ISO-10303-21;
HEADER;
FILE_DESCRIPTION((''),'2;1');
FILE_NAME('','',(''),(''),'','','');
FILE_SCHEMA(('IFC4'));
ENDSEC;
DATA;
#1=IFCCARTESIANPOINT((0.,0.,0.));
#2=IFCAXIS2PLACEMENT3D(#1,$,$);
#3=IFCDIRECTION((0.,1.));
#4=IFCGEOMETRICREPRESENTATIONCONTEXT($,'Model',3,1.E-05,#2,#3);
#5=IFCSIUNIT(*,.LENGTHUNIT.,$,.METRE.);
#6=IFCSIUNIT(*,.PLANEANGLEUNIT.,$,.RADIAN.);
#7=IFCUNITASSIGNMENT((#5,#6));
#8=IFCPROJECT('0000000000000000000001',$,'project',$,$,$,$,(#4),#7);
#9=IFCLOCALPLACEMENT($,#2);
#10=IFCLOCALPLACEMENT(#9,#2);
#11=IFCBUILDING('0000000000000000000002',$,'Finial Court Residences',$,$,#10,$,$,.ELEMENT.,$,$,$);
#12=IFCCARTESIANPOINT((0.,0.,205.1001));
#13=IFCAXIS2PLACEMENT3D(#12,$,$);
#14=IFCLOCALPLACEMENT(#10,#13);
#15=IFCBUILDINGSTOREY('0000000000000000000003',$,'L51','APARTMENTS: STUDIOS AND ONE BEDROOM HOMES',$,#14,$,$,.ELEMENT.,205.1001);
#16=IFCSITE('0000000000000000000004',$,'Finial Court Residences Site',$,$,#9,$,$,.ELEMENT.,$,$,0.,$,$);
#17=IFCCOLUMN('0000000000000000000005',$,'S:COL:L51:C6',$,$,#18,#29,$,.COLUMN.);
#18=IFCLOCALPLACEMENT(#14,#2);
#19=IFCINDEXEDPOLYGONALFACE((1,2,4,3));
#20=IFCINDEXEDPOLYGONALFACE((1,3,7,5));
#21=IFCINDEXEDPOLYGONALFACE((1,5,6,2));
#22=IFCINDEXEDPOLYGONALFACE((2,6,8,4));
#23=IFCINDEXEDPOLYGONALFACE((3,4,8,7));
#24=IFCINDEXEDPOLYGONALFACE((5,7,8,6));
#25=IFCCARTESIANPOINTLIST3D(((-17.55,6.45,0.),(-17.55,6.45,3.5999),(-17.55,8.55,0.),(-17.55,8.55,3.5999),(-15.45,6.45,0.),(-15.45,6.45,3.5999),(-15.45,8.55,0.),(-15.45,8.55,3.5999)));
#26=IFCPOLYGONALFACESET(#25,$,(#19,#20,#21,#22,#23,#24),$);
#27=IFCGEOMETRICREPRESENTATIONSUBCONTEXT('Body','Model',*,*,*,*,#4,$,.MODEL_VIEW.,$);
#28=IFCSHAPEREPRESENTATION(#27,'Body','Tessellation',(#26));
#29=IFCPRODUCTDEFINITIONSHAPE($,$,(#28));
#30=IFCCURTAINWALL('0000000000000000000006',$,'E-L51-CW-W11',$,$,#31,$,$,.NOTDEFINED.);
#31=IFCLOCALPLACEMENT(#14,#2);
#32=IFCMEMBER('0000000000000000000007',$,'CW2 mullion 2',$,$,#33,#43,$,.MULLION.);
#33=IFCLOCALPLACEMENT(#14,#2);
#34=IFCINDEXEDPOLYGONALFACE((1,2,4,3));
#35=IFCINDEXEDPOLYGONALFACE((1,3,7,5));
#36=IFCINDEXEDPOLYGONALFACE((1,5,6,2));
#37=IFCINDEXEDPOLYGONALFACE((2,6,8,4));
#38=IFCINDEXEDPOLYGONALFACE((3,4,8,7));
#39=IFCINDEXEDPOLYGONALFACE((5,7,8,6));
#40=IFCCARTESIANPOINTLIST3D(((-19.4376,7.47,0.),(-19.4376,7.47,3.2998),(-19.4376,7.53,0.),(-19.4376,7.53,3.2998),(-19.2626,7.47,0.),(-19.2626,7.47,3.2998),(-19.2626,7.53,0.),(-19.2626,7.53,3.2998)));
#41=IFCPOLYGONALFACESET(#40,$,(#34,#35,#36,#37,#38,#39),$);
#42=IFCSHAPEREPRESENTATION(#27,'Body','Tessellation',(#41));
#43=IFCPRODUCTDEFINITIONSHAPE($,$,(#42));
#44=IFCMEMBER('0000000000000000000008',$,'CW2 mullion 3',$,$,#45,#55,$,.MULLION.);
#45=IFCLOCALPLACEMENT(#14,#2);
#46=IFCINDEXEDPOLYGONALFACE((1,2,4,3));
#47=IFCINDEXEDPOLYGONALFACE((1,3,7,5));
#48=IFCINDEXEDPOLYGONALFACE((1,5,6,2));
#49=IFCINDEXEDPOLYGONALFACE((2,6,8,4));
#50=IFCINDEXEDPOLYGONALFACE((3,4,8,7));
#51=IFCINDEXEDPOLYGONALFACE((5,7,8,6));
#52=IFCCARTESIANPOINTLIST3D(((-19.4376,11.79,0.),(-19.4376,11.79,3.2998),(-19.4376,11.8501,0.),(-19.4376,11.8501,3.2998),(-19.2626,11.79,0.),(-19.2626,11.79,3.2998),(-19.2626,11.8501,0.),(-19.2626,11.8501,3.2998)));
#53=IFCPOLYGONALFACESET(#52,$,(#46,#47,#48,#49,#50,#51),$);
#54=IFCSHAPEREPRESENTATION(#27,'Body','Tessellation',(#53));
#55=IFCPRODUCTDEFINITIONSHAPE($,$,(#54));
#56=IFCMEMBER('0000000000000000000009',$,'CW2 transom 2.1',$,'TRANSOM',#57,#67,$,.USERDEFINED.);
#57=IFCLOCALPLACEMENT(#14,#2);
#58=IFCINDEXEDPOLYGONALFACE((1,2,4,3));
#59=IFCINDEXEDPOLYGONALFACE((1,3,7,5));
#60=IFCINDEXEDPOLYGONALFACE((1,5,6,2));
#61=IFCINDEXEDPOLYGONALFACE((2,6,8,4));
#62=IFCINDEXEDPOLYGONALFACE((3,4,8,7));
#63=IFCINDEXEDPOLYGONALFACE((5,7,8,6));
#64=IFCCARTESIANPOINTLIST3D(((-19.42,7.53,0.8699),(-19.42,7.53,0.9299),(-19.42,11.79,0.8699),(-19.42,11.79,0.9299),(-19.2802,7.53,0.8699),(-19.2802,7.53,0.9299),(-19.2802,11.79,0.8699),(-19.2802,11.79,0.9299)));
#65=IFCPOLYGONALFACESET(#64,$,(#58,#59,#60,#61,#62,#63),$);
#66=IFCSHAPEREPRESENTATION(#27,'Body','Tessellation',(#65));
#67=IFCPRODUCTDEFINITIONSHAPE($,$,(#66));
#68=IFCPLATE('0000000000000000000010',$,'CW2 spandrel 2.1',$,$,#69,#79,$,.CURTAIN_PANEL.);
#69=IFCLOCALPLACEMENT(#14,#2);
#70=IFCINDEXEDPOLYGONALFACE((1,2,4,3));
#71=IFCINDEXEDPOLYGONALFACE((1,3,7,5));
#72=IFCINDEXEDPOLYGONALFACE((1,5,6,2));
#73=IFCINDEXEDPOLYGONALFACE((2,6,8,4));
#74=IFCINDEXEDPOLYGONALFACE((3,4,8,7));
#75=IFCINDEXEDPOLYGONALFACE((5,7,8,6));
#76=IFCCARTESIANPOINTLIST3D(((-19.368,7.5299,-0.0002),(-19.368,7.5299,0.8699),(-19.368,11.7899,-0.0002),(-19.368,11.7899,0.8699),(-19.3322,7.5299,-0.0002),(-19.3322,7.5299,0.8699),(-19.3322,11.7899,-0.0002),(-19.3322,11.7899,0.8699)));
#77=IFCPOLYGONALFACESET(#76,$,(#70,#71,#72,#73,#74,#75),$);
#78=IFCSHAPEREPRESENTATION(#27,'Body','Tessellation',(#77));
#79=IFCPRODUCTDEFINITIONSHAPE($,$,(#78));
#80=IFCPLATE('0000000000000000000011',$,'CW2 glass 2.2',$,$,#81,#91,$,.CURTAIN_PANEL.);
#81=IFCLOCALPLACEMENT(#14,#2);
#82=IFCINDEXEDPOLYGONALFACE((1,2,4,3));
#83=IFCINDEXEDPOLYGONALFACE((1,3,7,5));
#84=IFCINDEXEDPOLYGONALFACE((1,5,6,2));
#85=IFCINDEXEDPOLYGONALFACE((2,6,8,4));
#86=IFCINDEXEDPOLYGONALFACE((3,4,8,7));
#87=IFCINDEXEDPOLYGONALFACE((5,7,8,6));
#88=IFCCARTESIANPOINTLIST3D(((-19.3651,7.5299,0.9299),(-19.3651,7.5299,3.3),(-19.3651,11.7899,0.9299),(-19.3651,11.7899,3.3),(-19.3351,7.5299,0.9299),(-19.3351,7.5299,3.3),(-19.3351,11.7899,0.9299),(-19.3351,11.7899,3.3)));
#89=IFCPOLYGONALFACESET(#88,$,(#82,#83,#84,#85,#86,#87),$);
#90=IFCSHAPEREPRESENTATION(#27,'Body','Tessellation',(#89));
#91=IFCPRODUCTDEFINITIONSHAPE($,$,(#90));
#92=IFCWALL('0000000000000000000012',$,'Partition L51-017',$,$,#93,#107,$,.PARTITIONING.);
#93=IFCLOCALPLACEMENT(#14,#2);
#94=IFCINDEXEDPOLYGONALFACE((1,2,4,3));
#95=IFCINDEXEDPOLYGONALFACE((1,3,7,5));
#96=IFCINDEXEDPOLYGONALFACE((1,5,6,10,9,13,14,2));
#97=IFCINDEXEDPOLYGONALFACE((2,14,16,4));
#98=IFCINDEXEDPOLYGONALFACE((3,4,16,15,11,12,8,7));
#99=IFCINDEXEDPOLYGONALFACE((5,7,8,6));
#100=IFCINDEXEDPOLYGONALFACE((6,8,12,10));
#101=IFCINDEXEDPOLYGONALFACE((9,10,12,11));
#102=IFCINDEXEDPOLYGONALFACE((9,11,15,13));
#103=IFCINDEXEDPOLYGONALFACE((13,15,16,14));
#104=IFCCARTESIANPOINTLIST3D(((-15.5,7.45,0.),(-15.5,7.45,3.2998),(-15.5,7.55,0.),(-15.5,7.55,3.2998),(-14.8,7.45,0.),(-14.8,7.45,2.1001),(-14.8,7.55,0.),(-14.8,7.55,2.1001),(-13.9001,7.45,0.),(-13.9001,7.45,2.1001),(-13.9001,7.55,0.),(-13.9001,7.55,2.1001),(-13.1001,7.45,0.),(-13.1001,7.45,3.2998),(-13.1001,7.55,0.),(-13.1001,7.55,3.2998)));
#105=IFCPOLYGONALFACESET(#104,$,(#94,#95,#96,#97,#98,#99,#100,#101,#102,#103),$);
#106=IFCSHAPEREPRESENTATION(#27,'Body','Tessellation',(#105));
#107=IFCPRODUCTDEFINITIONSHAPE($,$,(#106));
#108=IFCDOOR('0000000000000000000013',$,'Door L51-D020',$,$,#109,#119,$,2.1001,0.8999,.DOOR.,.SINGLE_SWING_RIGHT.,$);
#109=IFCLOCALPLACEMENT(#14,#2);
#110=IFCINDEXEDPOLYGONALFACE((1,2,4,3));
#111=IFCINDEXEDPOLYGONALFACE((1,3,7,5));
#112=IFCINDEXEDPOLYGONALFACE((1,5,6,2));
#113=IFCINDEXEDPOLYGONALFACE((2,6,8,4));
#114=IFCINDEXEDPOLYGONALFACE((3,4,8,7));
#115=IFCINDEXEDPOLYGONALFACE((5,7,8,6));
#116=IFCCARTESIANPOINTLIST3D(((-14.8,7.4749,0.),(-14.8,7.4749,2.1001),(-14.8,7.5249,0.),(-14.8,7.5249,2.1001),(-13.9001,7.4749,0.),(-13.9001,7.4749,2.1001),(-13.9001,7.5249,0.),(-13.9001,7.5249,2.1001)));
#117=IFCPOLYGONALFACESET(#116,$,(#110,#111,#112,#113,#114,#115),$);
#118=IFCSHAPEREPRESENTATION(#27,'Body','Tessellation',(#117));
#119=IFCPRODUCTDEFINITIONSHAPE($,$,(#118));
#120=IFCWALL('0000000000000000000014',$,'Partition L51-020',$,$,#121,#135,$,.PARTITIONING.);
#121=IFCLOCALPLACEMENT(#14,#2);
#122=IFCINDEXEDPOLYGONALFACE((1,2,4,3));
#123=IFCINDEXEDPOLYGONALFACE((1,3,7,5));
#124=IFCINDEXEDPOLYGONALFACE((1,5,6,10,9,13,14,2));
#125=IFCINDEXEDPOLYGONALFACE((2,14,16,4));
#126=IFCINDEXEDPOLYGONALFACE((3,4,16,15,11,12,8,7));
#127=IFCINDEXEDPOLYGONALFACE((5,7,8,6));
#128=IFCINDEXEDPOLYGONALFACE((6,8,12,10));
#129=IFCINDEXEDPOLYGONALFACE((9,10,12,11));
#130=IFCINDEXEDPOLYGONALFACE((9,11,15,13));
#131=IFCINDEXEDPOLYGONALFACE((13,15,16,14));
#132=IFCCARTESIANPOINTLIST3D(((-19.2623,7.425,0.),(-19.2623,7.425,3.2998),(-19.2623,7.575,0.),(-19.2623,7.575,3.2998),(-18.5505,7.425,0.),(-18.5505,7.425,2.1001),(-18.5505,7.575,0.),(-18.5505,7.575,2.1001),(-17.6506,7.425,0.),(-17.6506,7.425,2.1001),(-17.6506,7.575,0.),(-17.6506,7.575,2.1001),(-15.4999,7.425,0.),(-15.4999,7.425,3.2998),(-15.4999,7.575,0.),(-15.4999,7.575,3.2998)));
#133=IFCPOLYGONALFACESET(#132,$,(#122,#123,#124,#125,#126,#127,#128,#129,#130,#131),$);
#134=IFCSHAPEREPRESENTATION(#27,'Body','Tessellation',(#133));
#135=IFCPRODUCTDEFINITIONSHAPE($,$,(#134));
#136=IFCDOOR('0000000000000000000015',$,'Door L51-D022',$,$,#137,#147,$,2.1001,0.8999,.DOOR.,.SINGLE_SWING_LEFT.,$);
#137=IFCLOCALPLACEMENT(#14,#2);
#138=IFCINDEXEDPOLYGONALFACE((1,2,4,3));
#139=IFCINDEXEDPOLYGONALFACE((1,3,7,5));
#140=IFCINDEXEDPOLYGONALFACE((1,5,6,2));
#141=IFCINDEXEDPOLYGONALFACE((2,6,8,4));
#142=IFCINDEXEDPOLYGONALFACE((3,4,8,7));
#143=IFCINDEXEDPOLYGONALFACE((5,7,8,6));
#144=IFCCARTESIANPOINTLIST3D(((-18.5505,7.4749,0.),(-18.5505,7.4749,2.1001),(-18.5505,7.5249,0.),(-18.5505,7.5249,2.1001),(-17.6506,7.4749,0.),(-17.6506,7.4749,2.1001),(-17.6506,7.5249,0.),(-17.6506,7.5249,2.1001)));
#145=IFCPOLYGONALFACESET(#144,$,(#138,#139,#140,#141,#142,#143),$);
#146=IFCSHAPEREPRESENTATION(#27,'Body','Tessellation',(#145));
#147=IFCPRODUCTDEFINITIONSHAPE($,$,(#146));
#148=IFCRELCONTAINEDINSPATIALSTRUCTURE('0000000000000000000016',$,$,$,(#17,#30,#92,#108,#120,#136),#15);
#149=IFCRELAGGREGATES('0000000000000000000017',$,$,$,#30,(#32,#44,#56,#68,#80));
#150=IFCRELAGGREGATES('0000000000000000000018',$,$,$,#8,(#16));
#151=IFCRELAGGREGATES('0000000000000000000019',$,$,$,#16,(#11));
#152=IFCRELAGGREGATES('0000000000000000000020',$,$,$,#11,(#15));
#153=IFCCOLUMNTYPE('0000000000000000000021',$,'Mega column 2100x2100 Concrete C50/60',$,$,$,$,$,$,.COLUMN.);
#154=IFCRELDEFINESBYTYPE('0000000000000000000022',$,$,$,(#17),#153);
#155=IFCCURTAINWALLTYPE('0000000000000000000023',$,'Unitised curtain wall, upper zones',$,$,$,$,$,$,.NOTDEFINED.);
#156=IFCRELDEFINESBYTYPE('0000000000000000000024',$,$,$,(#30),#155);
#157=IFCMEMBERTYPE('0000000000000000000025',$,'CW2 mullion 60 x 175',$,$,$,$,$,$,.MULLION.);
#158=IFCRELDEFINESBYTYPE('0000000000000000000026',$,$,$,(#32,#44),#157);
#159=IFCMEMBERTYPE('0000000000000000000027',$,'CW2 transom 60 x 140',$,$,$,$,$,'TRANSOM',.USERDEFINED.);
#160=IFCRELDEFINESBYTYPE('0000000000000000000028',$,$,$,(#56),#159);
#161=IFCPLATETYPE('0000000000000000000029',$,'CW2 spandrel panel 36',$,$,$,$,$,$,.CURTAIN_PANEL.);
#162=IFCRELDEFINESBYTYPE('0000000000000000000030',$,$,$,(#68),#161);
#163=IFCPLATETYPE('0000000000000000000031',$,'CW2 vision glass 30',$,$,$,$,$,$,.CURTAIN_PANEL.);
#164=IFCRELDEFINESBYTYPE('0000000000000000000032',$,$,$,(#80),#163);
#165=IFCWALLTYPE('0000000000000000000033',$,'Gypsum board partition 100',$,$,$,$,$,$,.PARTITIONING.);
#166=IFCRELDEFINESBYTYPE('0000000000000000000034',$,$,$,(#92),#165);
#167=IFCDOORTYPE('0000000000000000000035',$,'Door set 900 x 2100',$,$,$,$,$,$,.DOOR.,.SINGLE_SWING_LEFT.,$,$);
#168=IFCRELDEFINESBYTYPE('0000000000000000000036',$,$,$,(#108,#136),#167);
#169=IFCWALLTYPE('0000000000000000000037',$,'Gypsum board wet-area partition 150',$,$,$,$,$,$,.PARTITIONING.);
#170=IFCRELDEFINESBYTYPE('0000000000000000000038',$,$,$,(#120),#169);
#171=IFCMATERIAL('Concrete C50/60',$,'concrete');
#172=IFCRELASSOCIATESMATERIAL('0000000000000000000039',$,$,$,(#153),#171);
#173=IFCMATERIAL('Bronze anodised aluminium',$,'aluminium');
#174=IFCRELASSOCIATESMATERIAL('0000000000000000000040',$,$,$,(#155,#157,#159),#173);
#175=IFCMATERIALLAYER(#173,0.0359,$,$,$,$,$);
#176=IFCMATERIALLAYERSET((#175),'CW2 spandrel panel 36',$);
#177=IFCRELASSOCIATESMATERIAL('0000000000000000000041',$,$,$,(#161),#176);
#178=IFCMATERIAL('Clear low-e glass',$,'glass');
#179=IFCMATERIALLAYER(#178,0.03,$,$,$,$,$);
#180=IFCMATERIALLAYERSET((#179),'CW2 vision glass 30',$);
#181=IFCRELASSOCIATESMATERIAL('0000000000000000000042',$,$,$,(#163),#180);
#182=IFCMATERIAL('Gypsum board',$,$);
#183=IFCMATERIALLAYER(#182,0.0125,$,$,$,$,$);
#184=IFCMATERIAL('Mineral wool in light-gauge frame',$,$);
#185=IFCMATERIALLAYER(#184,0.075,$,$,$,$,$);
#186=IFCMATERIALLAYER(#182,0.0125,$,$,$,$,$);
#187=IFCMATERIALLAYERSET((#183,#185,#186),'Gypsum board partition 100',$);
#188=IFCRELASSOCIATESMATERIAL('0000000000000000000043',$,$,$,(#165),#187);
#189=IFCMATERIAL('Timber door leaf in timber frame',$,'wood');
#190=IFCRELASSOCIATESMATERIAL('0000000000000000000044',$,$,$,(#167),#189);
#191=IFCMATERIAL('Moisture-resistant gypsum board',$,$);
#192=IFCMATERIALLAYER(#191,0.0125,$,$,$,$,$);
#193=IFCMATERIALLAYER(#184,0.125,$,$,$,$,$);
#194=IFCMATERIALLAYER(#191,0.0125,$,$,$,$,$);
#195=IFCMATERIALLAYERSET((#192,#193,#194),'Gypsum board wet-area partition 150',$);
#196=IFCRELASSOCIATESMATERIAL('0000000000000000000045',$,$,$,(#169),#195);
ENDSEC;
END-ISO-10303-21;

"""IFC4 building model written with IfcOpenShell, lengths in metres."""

from ifc_helpers import new_model, si_unit, direction, frame, frame_2d, origin, origin_2d, place, context, subcontext, project, spatial, rectangle, extrude, material, layer, layer_set, material_profile, profile_set, type_object, element, fill, aggregate, save


model = new_model("IFC4")

# Units and contexts
model_context = context("Model", 3, precision=1e-05, world=origin(), true_north=direction((0.0, 1.0)))
body_context = subcontext(model_context, "Body", "Model", "MODEL_VIEW")
ifc_project = project(units=[si_unit("LENGTHUNIT", "METRE"), si_unit("PLANEANGLEUNIT", "RADIAN")], contexts=[model_context])

# Site, building, storey
site_placement = place(None, origin())
site = spatial("IfcSite", under=ifc_project, at=site_placement, Name="Finial Court Residences Site", CompositionType="ELEMENT", RefElevation=0.0)
building_placement = place(site_placement, origin())
building = spatial("IfcBuilding", under=site, at=building_placement, Name="Finial Court Residences", CompositionType="ELEMENT")
storey_placement = place(building_placement, frame((0.0, 0.0, 205.1001)))
storey = spatial("IfcBuildingStorey", under=building, at=storey_placement, Name="L51", Description="APARTMENTS: STUDIOS AND ONE BEDROOM HOMES", CompositionType="ELEMENT", Elevation=205.1001)

# Column
ifc_material_1 = material(Name="Concrete C50/60", Category="concrete")
ifc_material_profile_1 = material_profile(ifc_material_1, rectangle(XDim=2.1001, YDim=2.1001, at=origin_2d()), Name="2100x2100")
ifc_profile_set_1 = profile_set([ifc_material_profile_1], Name="Concrete C50/60")
column_type = type_object("IfcColumnType", Name="Mega column 2100x2100 Concrete C50/60", PredefinedType="COLUMN", material=ifc_profile_set_1)
column_placement = place(storey_placement, frame((-16.5, 7.5, 0.0), z_axis=(0.0, 0.0, 1.0), x_axis=(1.0, 0.0, 0.0)))
element("IfcColumn", 1, at=column_placement, inside=storey, type_object=column_type, Name="S:COL:L51:C6", PredefinedType="COLUMN", context=body_context, shape_type="SweptSolid", body=[
    extrude(rectangle(XDim=2.1001, YDim=2.1001, at=origin_2d()), origin(), (0.0, 0.0, 1.0), 3.5999),
])

# Curtain wall, members, plates
ifc_material_2 = material(Name="Bronze anodised aluminium", Category="aluminium")
curtain_wall_type = type_object("IfcCurtainWallType", Name="Unitised curtain wall, upper zones", PredefinedType="NOTDEFINED", material=ifc_material_2)
curtain_wall_placement = place(storey_placement, origin())
curtain_wall = element("IfcCurtainWall", 2, at=curtain_wall_placement, inside=storey, type_object=curtain_wall_type, Name="E-L51-CW-W11", PredefinedType="NOTDEFINED")
ifc_material_profile_2 = material_profile(ifc_material_2, rectangle(XDim=0.175, YDim=0.0601, at=origin_2d()), Name="CW2 mullion 60 x 175")
ifc_profile_set_2 = profile_set([ifc_material_profile_2], Name="Bronze anodised aluminium")
member_type_1 = type_object("IfcMemberType", Name="CW2 mullion 60 x 175", PredefinedType="MULLION", material=ifc_profile_set_2)
member_1_placement = place(storey_placement, frame((-19.3501, 7.5, 0.0), z_axis=(0.0, 0.0, 1.0), x_axis=(-1.0, 0.0, 0.0)))
member_1 = element("IfcMember", 3, at=member_1_placement, type_object=member_type_1, Name="CW2 mullion 2", PredefinedType="MULLION", context=body_context, shape_type="SweptSolid", body=[
    extrude(rectangle(XDim=0.175, YDim=0.0601, at=origin_2d()), origin(), (0.0, 0.0, 1.0), 3.2998),
])
member_2_placement = place(storey_placement, frame((-19.3501, 11.8201, 0.0), z_axis=(0.0, 0.0, 1.0), x_axis=(-1.0, 0.0, 0.0)))
member_2 = element("IfcMember", 4, at=member_2_placement, type_object=member_type_1, Name="CW2 mullion 3", PredefinedType="MULLION", context=body_context, shape_type="SweptSolid", body=[
    extrude(rectangle(XDim=0.175, YDim=0.0601, at=origin_2d()), origin(), (0.0, 0.0, 1.0), 3.2998),
])
ifc_material_profile_3 = material_profile(ifc_material_2, rectangle(XDim=0.1399, YDim=0.0601, at=origin_2d()), Name="CW2 transom 60 x 140")
ifc_profile_set_3 = profile_set([ifc_material_profile_3], Name="Bronze anodised aluminium")
member_type_2 = type_object("IfcMemberType", Name="CW2 transom 60 x 140", ElementType="TRANSOM", PredefinedType="USERDEFINED", material=ifc_profile_set_3)
member_3_placement = place(storey_placement, frame((-19.3501, 7.53, 0.8999), z_axis=(0.0, 1.0, 0.0), x_axis=(-1.0, 0.0, 0.0)))
member_3 = element("IfcMember", 5, at=member_3_placement, type_object=member_type_2, Name="CW2 transom 2.1", ObjectType="TRANSOM", PredefinedType="USERDEFINED", context=body_context, shape_type="SweptSolid", body=[
    extrude(rectangle(XDim=0.1399, YDim=0.0601, at=origin_2d()), origin(), (0.0, 0.0, 1.0), 4.26),
])
ifc_layer_1 = layer(ifc_material_2, 0.0359)
ifc_layer_set_1 = layer_set([ifc_layer_1], Name="CW2 spandrel panel 36")
plate_type_1 = type_object("IfcPlateType", Name="CW2 spandrel panel 36", PredefinedType="CURTAIN_PANEL", material=ifc_layer_set_1)
plate_1_placement = place(storey_placement, frame((-19.3501, 9.6599, -0.0002), z_axis=(0.0, 0.0, 1.0), x_axis=(0.0, 1.0, 0.0)))
plate_1 = element("IfcPlate", 6, at=plate_1_placement, type_object=plate_type_1, Name="CW2 spandrel 2.1", PredefinedType="CURTAIN_PANEL", context=body_context, shape_type="SweptSolid", body=[
    extrude(rectangle(XDim=4.26, YDim=0.0359, at=origin_2d()), origin(), (0.0, 0.0, 1.0), 0.8701),
])
ifc_material_3 = material(Name="Clear low-e glass", Category="glass")
ifc_layer_2 = layer(ifc_material_3, 0.03)
ifc_layer_set_2 = layer_set([ifc_layer_2], Name="CW2 vision glass 30")
plate_type_2 = type_object("IfcPlateType", Name="CW2 vision glass 30", PredefinedType="CURTAIN_PANEL", material=ifc_layer_set_2)
plate_2_placement = place(storey_placement, frame((-19.3501, 9.6599, 0.9299), z_axis=(0.0, 0.0, 1.0), x_axis=(0.0, 1.0, 0.0)))
plate_2 = element("IfcPlate", 7, at=plate_2_placement, type_object=plate_type_2, Name="CW2 glass 2.2", PredefinedType="CURTAIN_PANEL", context=body_context, shape_type="SweptSolid", body=[
    extrude(rectangle(XDim=4.26, YDim=0.03, at=origin_2d()), origin(), (0.0, 0.0, 1.0), 2.3701),
])
aggregate(curtain_wall, [member_1, member_2, member_3, plate_1, plate_2])

# Walls, openings, doors
ifc_material_4 = material(Name="Gypsum board")
ifc_layer_3 = layer(ifc_material_4, 0.0125)
ifc_material_5 = material(Name="Mineral wool in light-gauge frame")
ifc_layer_4 = layer(ifc_material_5, 0.075)
ifc_layer_5 = layer(ifc_material_4, 0.0125)
ifc_layer_set_3 = layer_set([ifc_layer_3, ifc_layer_4, ifc_layer_5], Name="Gypsum board partition 100")
wall_type_1 = type_object("IfcWallType", Name="Gypsum board partition 100", PredefinedType="PARTITIONING", material=ifc_layer_set_3)
wall_1_placement = place(storey_placement, frame((-15.5, 7.5, 0.0), z_axis=(0.0, 0.0, 1.0), x_axis=(1.0, 0.0, 0.0)))
wall_1 = element("IfcWall", 8, at=wall_1_placement, inside=storey, type_object=wall_type_1, Name="Partition L51-017", PredefinedType="PARTITIONING", context=body_context, shape_type="SweptSolid", body=[
    extrude(rectangle(XDim=2.3999, YDim=0.1001, at=frame_2d((1.2, 0.0))), origin(), (0.0, 0.0, 1.0), 3.2998),
])
opening_1_placement = place(wall_1_placement, frame((0.7, 0.0, 0.0)))
opening_1 = element("IfcOpeningElement", 9, at=opening_1_placement, cuts=wall_1, PredefinedType="OPENING", context=body_context, shape_type="SweptSolid", body=[
    extrude(rectangle(XDim=0.8999, YDim=2.1001, at=frame_2d((0.45, 1.05))), frame((0.0, 0.0601, 0.0), z_axis=(0.0, -1.0, 0.0), x_axis=(1.0, 0.0, 0.0)), (0.0, 0.0, 1.0), 0.1201),
])
ifc_material_6 = material(Name="Timber door leaf in timber frame", Category="wood")
door_type = type_object("IfcDoorType", Name="Door set 900 x 2100", OperationType="SINGLE_SWING_LEFT", PredefinedType="DOOR", material=ifc_material_6)
door_1_placement = place(opening_1_placement, origin())
door_1 = element("IfcDoor", 10, at=door_1_placement, inside=storey, type_object=door_type, Name="Door L51-D020", OperationType="SINGLE_SWING_RIGHT", OverallHeight=2.1001, OverallWidth=0.8999, PredefinedType="DOOR", context=body_context, shape_type="SweptSolid", body=[
    extrude(rectangle(XDim=0.8999, YDim=2.1001, at=frame_2d((0.45, 1.05))), frame((0.0, 0.0249, 0.0), z_axis=(0.0, -1.0, 0.0), x_axis=(1.0, 0.0, 0.0)), (0.0, 0.0, 1.0), 0.05),
])
fill(opening_1, door_1)
ifc_material_7 = material(Name="Moisture-resistant gypsum board")
ifc_layer_6 = layer(ifc_material_7, 0.0125)
ifc_layer_7 = layer(ifc_material_5, 0.125)
ifc_layer_8 = layer(ifc_material_7, 0.0125)
ifc_layer_set_4 = layer_set([ifc_layer_6, ifc_layer_7, ifc_layer_8], Name="Gypsum board wet-area partition 150")
wall_type_2 = type_object("IfcWallType", Name="Gypsum board wet-area partition 150", PredefinedType="PARTITIONING", material=ifc_layer_set_4)
wall_2_placement = place(storey_placement, frame((-19.2625, 7.5, 0.0), z_axis=(0.0, 0.0, 1.0), x_axis=(1.0, 0.0, 0.0)))
wall_2 = element("IfcWall", 11, at=wall_2_placement, inside=storey, type_object=wall_type_2, Name="Partition L51-020", PredefinedType="PARTITIONING", context=body_context, shape_type="SweptSolid", body=[
    extrude(rectangle(XDim=3.7625, YDim=0.1499, at=frame_2d((1.8813, 0.0))), origin(), (0.0, 0.0, 1.0), 3.2998),
])
opening_2_placement = place(wall_2_placement, frame((0.7119, 0.0, 0.0)))
opening_2 = element("IfcOpeningElement", 12, at=opening_2_placement, cuts=wall_2, PredefinedType="OPENING", context=body_context, shape_type="SweptSolid", body=[
    extrude(rectangle(XDim=0.8999, YDim=2.1001, at=frame_2d((0.45, 1.05))), frame((0.0, 0.085, 0.0), z_axis=(0.0, -1.0, 0.0), x_axis=(1.0, 0.0, 0.0)), (0.0, 0.0, 1.0), 0.1699),
])
door_2_placement = place(opening_2_placement, origin())
door_2 = element("IfcDoor", 13, at=door_2_placement, inside=storey, type_object=door_type, Name="Door L51-D022", OperationType="SINGLE_SWING_LEFT", OverallHeight=2.1001, OverallWidth=0.8999, PredefinedType="DOOR", context=body_context, shape_type="SweptSolid", body=[
    extrude(rectangle(XDim=0.8999, YDim=2.1001, at=frame_2d((0.45, 1.05))), frame((0.0, 0.0249, 0.0), z_axis=(0.0, -1.0, 0.0), x_axis=(1.0, 0.0, 0.0)), (0.0, 0.0, 1.0), 0.05),
])
fill(opening_2, door_2)

save(model, "model.ifc")
